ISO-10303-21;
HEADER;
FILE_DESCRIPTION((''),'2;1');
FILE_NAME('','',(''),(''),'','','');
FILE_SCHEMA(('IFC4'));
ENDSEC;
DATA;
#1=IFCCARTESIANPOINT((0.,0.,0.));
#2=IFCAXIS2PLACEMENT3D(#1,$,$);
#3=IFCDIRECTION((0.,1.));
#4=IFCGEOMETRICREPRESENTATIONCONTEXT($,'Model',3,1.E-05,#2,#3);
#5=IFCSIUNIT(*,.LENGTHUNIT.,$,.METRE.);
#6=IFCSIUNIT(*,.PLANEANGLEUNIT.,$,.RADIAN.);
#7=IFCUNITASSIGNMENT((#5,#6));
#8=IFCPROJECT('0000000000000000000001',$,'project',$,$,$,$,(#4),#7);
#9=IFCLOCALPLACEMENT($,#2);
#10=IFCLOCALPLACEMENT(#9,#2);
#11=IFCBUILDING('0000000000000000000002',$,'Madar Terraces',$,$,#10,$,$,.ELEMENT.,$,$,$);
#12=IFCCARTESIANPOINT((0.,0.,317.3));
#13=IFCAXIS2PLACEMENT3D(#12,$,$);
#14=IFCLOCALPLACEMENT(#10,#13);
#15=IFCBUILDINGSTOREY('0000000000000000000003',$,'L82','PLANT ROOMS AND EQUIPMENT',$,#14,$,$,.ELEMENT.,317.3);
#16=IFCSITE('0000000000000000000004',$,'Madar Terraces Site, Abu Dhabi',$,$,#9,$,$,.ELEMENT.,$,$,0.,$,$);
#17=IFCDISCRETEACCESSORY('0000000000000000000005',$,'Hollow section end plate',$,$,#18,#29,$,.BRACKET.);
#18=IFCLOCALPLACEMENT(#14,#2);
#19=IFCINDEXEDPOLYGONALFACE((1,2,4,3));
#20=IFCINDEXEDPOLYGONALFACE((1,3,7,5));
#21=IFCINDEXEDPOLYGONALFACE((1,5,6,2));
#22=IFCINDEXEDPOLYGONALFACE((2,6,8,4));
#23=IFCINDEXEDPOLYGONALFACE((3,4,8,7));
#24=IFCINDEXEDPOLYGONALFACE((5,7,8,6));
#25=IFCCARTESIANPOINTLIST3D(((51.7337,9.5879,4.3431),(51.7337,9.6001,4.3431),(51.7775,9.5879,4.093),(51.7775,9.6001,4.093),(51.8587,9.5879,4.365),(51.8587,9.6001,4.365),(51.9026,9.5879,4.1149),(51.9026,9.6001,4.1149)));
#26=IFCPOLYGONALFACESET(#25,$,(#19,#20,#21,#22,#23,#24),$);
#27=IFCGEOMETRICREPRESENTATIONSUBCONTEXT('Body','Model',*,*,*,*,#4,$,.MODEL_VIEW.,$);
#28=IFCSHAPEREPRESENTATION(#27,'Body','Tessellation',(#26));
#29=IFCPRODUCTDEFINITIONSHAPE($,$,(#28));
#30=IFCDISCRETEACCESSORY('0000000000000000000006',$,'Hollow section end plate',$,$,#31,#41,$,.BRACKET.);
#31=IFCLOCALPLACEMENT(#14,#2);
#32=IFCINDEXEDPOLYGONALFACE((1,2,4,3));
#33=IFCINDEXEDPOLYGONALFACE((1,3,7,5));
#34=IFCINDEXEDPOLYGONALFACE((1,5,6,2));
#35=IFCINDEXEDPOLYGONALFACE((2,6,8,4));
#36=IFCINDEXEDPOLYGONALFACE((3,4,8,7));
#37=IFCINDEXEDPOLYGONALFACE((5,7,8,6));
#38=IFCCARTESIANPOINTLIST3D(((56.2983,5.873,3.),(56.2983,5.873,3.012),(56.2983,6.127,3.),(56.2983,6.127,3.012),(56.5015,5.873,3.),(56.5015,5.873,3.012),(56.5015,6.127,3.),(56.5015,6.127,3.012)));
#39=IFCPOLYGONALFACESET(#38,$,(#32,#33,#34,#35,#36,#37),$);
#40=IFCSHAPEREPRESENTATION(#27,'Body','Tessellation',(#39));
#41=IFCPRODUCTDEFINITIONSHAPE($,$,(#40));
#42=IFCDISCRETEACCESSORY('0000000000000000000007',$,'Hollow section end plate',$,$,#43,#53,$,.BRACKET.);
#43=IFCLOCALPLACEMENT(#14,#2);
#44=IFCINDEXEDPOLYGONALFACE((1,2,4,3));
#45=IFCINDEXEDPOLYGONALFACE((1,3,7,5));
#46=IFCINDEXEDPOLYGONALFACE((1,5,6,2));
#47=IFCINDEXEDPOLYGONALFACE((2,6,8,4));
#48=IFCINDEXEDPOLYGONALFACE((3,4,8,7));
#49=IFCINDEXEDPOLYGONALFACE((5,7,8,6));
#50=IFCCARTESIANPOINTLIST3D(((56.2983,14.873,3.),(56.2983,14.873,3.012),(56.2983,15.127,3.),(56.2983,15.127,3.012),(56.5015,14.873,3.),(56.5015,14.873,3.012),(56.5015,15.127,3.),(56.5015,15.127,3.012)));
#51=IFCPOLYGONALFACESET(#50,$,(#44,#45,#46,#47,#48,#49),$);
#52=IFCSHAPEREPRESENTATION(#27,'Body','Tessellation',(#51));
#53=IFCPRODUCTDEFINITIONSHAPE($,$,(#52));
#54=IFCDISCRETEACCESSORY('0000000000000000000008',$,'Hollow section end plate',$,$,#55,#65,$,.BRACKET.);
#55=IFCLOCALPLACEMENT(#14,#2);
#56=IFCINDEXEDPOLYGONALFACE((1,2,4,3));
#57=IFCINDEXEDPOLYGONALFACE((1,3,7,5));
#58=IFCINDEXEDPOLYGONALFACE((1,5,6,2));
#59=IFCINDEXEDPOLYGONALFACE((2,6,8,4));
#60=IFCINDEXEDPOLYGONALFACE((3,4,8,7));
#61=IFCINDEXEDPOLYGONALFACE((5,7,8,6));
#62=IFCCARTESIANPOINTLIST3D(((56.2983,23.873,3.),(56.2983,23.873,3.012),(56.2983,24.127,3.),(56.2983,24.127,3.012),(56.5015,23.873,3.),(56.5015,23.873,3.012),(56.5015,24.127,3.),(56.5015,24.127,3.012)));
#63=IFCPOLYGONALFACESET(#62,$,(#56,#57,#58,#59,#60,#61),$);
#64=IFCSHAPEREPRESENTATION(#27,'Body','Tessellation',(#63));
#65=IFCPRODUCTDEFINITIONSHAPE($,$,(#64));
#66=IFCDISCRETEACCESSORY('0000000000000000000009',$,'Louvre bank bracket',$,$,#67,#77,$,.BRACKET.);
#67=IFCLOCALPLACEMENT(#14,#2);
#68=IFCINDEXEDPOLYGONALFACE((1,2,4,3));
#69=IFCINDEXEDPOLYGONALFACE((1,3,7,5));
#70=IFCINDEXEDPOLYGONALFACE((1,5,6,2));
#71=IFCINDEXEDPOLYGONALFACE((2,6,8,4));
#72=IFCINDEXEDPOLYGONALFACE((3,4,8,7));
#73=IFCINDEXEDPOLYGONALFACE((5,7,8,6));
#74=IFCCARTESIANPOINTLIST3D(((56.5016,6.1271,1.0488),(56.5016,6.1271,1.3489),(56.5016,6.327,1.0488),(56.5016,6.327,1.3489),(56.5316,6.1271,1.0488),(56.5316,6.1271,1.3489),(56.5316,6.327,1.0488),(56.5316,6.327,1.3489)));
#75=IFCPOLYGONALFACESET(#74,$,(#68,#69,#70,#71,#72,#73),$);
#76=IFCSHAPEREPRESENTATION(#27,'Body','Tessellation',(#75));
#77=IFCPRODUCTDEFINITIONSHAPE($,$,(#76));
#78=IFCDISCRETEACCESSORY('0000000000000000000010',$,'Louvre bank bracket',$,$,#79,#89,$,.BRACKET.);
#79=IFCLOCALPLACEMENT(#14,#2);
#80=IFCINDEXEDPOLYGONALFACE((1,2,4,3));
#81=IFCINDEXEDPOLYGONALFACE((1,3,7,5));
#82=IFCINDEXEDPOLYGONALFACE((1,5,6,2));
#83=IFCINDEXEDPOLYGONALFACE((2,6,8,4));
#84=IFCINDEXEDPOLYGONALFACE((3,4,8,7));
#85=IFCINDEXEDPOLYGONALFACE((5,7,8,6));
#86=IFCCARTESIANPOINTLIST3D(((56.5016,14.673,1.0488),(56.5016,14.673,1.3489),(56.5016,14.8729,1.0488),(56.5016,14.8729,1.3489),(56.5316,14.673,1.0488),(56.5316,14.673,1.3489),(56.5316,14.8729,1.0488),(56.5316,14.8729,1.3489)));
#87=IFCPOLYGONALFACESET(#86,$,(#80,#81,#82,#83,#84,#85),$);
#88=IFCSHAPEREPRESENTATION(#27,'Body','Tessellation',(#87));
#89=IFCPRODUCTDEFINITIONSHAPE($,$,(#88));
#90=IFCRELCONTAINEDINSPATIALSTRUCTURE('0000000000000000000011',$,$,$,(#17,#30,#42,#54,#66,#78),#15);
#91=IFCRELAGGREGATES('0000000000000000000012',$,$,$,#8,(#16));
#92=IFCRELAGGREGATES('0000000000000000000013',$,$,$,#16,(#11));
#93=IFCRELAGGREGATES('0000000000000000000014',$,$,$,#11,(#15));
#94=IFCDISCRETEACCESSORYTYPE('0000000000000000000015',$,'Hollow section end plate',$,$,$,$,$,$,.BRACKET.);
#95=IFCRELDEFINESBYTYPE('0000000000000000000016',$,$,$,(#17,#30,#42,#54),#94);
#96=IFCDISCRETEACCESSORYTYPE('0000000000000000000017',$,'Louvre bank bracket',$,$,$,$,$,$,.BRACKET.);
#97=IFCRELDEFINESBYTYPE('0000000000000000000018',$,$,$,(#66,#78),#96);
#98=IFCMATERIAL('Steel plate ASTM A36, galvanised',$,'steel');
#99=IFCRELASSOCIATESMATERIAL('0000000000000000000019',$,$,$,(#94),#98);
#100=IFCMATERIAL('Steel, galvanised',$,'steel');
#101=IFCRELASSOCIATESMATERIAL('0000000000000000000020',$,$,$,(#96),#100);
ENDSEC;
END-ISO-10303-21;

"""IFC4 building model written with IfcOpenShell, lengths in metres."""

from ifc_helpers import new_model, si_unit, direction, frame, origin, origin_2d, place, context, subcontext, project, spatial, rectangle, extrude, material, type_object, element, save


model = new_model("IFC4")

# Units and contexts
model_context = context("Model", 3, precision=1e-05, world=origin(), true_north=direction((0.0, 1.0)))
body_context = subcontext(model_context, "Body", "Model", "MODEL_VIEW")
ifc_project = project(units=[si_unit("LENGTHUNIT", "METRE"), si_unit("PLANEANGLEUNIT", "RADIAN")], contexts=[model_context])

# Site, building, storey
site_placement = place(None, origin())
site = spatial("IfcSite", under=ifc_project, at=site_placement, Name="Madar Terraces Site, Abu Dhabi", CompositionType="ELEMENT", RefElevation=0.0)
building_placement = place(site_placement, origin())
building = spatial("IfcBuilding", under=site, at=building_placement, Name="Madar Terraces", CompositionType="ELEMENT")
storey_placement = place(building_placement, frame((0.0, 0.0, 317.3)))
storey = spatial("IfcBuildingStorey", under=building, at=storey_placement, Name="L82", Description="PLANT ROOMS AND EQUIPMENT", CompositionType="ELEMENT", Elevation=317.3)

# Discrete accessories
ifc_material_1 = material(Name="Steel plate ASTM A36, galvanised", Category="steel")
discrete_accessory_type_1 = type_object("IfcDiscreteAccessoryType", Name="Hollow section end plate", PredefinedType="BRACKET", material=ifc_material_1)
discrete_accessory_1_placement = place(storey_placement, frame((51.8181, 9.6001, 4.229), z_axis=(0.0, -1.0, 0.0), x_axis=(0.984957, 0.0, 0.172799)))
element("IfcDiscreteAccessory", 1, at=discrete_accessory_1_placement, inside=storey, type_object=discrete_accessory_type_1, Name="Hollow section end plate", PredefinedType="BRACKET", context=body_context, shape_type="SweptSolid", body=[
    extrude(rectangle(XDim=0.127, YDim=0.2539, at=origin_2d()), origin(), (0.0, 0.0, 1.0), 0.0122),
])
for number, where, z_axis, x_axis, name in (
    (2, (56.3999, 6.0, 3.0), (0.0, 0.0, 1.0), (1.0, 0.0, 0.0), "Hollow section end plate"),
    (3, (56.3999, 15.0, 3.0), (0.0, 0.0, 1.0), (1.0, 0.0, 0.0), "Hollow section end plate"),
    (4, (56.3999, 24.0, 3.0), (0.0, 0.0, 1.0), (1.0, 0.0, 0.0), "Hollow section end plate"),
):
    element("IfcDiscreteAccessory", number, at=place(storey_placement, frame(where, z_axis=z_axis, x_axis=x_axis)), inside=storey, type_object=discrete_accessory_type_1, Name=name, PredefinedType="BRACKET", context=body_context, shape_type="SweptSolid", body=[
        extrude(rectangle(XDim=0.2031, YDim=0.2539, at=origin_2d()), origin(), (0.0, 0.0, 1.0), 0.012),
    ])
ifc_material_2 = material(Name="Steel, galvanised", Category="steel")
discrete_accessory_type_2 = type_object("IfcDiscreteAccessoryType", Name="Louvre bank bracket", PredefinedType="BRACKET", material=ifc_material_2)
for number, where, z_axis, x_axis, name in (
    (5, (56.5166, 6.2271, 1.0488), (0.0, 0.0, 1.0), (0.0, 1.0, 0.0), "Louvre bank bracket"),
    (6, (56.5166, 14.7729, 1.0488), (0.0, 0.0, 1.0), (0.0, 1.0, 0.0), "Louvre bank bracket"),
):
    element("IfcDiscreteAccessory", number, at=place(storey_placement, frame(where, z_axis=z_axis, x_axis=x_axis)), inside=storey, type_object=discrete_accessory_type_2, Name=name, PredefinedType="BRACKET", context=body_context, shape_type="SweptSolid", body=[
        extrude(rectangle(XDim=0.2, YDim=0.03, at=origin_2d()), origin(), (0.0, 0.0, 1.0), 0.3),
    ])

save(model, "model.ifc")
